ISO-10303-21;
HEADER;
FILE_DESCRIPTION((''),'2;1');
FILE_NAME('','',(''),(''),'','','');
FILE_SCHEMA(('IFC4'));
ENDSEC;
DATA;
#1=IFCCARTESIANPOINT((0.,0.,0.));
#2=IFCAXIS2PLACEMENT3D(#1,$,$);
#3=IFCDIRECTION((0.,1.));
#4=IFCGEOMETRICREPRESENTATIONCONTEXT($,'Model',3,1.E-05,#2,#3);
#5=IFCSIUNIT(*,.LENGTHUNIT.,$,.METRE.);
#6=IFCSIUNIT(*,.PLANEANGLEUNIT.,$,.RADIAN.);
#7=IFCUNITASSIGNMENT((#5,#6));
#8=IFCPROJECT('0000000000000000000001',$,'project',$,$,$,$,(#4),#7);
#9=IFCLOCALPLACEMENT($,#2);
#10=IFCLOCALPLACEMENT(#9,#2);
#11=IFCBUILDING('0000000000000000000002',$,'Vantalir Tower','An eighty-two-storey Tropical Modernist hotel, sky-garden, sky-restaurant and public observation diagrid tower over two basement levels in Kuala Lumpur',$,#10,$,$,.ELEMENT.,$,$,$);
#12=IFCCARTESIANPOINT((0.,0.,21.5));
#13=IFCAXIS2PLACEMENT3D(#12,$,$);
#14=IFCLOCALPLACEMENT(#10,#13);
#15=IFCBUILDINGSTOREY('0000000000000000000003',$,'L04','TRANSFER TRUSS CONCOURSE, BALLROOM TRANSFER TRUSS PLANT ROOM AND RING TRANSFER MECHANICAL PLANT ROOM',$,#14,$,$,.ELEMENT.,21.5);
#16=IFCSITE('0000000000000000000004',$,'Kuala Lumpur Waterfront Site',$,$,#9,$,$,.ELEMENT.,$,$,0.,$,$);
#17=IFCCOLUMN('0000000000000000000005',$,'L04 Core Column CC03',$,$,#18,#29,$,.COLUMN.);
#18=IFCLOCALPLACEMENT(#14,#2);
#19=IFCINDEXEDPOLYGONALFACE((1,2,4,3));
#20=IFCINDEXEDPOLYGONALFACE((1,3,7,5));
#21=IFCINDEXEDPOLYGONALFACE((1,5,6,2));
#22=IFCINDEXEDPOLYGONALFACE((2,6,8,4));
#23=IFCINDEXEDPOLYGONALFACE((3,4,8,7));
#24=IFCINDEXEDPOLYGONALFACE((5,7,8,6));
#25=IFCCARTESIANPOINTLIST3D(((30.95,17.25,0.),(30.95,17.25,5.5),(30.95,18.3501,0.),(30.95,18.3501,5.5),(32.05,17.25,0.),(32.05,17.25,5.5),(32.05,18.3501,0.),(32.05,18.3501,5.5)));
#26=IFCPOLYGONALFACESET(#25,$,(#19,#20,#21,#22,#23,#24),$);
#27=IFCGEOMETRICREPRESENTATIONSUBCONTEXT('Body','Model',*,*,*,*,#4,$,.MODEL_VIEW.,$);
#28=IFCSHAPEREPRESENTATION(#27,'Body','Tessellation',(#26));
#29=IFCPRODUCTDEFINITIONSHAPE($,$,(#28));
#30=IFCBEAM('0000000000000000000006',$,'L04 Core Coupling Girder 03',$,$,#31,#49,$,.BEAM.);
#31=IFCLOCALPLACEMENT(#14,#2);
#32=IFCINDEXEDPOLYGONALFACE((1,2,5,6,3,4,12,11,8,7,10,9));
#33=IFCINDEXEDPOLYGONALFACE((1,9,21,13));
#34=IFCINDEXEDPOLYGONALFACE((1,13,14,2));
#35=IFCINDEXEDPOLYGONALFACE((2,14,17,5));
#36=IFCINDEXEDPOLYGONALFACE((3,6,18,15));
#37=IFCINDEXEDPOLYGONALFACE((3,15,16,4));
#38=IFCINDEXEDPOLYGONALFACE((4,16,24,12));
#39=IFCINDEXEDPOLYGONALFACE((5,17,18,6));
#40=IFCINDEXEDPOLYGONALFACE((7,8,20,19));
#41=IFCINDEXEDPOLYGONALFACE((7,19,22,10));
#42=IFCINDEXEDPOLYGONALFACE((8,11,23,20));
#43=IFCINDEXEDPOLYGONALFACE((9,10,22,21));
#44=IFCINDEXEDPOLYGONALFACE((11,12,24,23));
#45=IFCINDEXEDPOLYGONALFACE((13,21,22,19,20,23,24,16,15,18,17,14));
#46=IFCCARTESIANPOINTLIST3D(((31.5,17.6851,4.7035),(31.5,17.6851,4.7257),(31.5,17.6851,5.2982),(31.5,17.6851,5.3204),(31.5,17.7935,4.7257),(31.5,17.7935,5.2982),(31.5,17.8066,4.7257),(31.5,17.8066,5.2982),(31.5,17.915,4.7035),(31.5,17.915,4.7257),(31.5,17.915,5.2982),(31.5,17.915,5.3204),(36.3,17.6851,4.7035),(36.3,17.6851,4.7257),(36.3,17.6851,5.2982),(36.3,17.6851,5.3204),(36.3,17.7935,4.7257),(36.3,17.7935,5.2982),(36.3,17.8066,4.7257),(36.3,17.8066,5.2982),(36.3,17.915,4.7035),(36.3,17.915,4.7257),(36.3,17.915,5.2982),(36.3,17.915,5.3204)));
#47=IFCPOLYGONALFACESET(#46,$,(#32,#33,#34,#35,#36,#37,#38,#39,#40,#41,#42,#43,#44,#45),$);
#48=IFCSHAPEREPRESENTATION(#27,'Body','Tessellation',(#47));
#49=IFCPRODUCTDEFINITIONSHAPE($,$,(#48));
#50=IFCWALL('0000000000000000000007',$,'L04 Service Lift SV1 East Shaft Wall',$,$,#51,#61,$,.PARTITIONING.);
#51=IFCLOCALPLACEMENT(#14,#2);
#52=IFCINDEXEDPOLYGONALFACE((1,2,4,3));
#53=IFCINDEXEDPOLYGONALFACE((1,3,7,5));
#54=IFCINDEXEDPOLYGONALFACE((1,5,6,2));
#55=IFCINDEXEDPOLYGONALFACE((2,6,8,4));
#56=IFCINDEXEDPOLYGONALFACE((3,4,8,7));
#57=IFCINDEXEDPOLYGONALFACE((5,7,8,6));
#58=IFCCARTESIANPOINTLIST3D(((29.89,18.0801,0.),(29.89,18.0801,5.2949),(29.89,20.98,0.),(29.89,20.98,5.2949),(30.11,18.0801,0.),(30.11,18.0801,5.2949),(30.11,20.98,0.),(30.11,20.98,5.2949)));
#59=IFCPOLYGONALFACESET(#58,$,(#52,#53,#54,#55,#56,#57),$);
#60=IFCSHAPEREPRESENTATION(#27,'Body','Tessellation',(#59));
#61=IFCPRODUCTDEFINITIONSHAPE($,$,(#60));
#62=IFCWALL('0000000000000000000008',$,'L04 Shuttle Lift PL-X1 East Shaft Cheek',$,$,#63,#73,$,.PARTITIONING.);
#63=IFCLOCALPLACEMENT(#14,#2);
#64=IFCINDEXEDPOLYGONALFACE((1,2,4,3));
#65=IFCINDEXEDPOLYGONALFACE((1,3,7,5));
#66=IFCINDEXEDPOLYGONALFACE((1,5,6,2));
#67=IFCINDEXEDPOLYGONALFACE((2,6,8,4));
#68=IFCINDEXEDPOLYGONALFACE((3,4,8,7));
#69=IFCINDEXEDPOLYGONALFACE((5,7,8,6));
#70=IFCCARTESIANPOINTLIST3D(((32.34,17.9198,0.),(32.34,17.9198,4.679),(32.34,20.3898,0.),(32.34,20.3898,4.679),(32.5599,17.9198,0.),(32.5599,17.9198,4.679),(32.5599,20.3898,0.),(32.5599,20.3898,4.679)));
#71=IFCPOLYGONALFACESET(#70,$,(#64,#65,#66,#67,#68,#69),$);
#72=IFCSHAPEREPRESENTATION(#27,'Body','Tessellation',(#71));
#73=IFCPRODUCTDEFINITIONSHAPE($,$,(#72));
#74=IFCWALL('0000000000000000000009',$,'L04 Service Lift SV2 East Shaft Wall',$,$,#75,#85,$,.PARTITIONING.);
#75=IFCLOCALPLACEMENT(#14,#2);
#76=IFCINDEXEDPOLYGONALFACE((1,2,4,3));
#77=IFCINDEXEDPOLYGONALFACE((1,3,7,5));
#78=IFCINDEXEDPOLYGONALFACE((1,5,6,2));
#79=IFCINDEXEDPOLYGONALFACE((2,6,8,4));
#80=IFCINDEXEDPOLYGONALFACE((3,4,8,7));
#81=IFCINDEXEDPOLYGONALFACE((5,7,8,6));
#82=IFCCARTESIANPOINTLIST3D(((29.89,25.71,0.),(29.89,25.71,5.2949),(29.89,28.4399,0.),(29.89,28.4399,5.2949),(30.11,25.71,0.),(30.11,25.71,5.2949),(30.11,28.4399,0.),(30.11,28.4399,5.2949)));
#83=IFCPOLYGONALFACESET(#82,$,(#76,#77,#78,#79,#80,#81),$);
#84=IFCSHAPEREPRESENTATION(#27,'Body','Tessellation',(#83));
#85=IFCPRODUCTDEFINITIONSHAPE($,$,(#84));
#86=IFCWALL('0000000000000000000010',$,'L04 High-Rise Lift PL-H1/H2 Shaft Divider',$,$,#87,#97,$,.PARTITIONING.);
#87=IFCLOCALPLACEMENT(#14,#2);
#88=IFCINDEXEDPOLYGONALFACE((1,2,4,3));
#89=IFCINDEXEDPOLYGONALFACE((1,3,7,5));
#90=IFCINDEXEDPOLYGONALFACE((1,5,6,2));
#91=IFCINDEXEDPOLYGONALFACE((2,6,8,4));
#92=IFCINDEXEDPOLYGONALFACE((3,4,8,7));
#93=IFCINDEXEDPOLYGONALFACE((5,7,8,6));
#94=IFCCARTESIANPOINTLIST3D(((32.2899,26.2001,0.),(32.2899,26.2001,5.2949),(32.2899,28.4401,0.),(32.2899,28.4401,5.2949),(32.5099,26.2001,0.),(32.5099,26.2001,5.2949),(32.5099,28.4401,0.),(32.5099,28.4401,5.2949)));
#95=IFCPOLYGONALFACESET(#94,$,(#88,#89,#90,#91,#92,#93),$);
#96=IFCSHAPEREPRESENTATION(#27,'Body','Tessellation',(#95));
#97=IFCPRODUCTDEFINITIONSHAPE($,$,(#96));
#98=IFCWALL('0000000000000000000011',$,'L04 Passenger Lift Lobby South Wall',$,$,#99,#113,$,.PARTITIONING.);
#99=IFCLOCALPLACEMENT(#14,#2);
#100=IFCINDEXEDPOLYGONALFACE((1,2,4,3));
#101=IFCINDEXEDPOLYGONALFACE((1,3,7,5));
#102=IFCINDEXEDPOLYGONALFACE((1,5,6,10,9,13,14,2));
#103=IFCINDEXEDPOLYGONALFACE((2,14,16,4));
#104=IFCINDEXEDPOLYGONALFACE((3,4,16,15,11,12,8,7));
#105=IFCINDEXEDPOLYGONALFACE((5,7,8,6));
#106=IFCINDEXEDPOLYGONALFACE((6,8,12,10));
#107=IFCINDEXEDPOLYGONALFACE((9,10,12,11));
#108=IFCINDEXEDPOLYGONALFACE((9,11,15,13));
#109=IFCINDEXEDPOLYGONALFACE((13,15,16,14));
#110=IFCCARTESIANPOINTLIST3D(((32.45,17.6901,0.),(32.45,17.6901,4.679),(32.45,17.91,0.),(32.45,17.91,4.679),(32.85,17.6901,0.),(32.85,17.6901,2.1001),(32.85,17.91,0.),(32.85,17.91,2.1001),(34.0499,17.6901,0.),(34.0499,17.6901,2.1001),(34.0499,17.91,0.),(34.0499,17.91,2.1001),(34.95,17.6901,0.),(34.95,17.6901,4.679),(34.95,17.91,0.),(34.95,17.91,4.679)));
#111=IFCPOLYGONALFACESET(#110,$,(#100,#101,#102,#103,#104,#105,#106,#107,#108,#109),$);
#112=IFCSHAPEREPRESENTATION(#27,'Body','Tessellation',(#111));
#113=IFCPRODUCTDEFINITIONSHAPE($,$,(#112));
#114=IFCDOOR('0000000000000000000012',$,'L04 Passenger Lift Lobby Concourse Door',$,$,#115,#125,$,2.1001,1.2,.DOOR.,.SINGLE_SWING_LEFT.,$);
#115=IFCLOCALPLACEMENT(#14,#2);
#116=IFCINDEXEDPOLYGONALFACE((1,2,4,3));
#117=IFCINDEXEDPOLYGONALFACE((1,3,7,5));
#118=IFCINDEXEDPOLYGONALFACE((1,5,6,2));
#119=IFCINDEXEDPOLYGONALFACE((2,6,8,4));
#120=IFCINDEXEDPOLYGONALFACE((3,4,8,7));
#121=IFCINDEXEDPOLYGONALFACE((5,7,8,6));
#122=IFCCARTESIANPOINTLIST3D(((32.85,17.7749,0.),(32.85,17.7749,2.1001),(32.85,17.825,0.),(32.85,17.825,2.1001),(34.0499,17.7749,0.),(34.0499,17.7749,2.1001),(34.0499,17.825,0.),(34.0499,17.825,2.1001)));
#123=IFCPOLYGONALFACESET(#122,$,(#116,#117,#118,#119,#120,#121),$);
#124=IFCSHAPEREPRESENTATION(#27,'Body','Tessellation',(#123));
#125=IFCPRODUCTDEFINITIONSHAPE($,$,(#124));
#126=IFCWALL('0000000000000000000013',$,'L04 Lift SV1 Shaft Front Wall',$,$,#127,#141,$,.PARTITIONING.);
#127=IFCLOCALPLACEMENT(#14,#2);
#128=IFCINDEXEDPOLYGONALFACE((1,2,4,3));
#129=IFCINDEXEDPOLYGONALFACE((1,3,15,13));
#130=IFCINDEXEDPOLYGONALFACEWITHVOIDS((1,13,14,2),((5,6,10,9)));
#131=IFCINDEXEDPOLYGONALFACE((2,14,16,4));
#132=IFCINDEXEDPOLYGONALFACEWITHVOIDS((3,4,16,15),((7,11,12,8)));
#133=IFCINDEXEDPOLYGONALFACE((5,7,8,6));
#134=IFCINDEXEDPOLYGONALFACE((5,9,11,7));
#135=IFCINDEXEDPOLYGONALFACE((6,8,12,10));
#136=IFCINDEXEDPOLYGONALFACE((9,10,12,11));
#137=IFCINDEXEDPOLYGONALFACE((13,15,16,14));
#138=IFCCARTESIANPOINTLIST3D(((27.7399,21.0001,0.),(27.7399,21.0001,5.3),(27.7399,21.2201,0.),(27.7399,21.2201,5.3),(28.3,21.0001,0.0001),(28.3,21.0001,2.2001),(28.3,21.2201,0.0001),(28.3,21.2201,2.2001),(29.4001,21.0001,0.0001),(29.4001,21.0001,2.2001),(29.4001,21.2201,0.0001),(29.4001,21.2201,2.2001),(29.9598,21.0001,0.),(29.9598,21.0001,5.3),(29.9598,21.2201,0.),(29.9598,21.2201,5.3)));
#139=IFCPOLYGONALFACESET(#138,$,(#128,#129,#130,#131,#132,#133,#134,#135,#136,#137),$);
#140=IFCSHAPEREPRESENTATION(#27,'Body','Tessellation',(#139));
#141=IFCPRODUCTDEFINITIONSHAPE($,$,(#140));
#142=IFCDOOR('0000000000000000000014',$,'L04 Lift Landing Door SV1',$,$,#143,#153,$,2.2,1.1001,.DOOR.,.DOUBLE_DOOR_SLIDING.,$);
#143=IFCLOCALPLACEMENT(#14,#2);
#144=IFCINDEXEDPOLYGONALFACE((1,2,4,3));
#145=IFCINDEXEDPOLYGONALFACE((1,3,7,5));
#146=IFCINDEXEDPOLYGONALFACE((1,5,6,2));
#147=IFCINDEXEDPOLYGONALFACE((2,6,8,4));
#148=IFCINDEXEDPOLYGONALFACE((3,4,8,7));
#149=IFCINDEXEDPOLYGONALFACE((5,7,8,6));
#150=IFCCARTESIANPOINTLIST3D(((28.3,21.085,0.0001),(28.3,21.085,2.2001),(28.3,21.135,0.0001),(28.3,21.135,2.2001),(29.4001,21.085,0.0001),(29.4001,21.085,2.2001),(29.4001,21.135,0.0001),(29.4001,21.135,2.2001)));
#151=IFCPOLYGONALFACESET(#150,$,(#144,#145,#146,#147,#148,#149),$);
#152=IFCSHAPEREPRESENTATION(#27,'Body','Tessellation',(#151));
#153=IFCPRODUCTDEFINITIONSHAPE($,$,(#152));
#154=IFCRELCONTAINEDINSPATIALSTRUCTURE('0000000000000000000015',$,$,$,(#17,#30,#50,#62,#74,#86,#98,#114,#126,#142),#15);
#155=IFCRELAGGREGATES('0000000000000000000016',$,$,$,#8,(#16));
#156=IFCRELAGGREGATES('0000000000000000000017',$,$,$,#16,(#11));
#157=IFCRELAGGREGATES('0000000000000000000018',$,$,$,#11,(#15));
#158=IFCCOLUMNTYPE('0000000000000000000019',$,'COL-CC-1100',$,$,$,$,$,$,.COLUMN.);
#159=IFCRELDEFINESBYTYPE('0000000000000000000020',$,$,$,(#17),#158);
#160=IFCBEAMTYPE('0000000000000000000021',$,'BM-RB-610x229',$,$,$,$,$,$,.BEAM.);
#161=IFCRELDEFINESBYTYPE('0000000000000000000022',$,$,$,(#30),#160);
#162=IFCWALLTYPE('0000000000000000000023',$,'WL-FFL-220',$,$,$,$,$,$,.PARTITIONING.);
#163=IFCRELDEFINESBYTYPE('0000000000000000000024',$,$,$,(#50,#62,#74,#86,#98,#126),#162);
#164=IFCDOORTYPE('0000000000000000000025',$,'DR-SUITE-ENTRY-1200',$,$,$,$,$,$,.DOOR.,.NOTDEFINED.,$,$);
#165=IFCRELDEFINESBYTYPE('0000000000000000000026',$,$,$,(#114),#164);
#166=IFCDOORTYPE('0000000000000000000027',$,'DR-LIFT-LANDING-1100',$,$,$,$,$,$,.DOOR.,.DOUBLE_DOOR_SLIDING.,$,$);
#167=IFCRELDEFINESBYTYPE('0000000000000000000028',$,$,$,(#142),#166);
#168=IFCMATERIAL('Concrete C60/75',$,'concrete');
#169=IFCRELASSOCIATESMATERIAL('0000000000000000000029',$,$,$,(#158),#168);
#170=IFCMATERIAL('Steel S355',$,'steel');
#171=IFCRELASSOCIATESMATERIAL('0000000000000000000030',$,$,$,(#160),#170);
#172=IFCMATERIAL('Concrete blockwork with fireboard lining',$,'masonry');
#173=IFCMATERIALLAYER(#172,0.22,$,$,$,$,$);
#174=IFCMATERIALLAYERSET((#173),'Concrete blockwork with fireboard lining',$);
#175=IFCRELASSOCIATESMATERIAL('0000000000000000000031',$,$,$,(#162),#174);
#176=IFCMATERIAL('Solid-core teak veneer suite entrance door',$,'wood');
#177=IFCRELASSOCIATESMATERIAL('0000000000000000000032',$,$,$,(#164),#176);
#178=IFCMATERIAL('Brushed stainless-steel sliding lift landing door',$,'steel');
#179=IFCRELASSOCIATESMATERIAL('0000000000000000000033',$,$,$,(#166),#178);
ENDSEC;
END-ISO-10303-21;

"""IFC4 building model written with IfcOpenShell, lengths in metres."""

from ifc_helpers import new_model, si_unit, direction, frame, frame_2d, origin, origin_2d, place, context, subcontext, project, spatial, rectangle, i_section, extrude, material, layer, layer_set, material_profile, profile_set, type_object, element, fill, save


model = new_model("IFC4")

# Units and contexts
model_context = context("Model", 3, precision=1e-05, world=origin(), true_north=direction((0.0, 1.0)))
body_context = subcontext(model_context, "Body", "Model", "MODEL_VIEW")
ifc_project = project(units=[si_unit("LENGTHUNIT", "METRE"), si_unit("PLANEANGLEUNIT", "RADIAN")], contexts=[model_context])

# Site, building, storey
site_placement = place(None, origin())
site = spatial("IfcSite", under=ifc_project, at=site_placement, Name="Kuala Lumpur Waterfront Site", CompositionType="ELEMENT", RefElevation=0.0)
building_placement = place(site_placement, origin())
building = spatial("IfcBuilding", under=site, at=building_placement, Name="Vantalir Tower", Description="An eighty-two-storey Tropical Modernist hotel, sky-garden, sky-restaurant and public observation diagrid tower over two basement levels in Kuala Lumpur", CompositionType="ELEMENT")
storey_placement = place(building_placement, frame((0.0, 0.0, 21.5)))
storey = spatial("IfcBuildingStorey", under=building, at=storey_placement, Name="L04", Description="TRANSFER TRUSS CONCOURSE, BALLROOM TRANSFER TRUSS PLANT ROOM AND RING TRANSFER MECHANICAL PLANT ROOM", CompositionType="ELEMENT", Elevation=21.5)

# Column
ifc_material_1 = material(Name="Concrete C60/75", Category="concrete")
ifc_material_profile_1 = material_profile(ifc_material_1, rectangle(XDim=1.1001, YDim=1.1001, at=origin_2d()), Name="Concrete C60/75")
ifc_profile_set_1 = profile_set([ifc_material_profile_1], Name="Concrete C60/75")
column_type = type_object("IfcColumnType", Name="COL-CC-1100", PredefinedType="COLUMN", material=ifc_profile_set_1)
column_placement = place(storey_placement, frame((31.5, 17.8, 0.0), z_axis=(0.0, 0.0, 1.0), x_axis=(1.0, 0.0, 0.0)))
element("IfcColumn", 1, at=column_placement, inside=storey, type_object=column_type, Name="L04 Core Column CC03", PredefinedType="COLUMN", context=body_context, shape_type="SweptSolid", body=[
    extrude(rectangle(XDim=1.1001, YDim=1.1001, at=origin_2d()), origin(), (0.0, 0.0, 1.0), 5.5),
])

# Beam
ifc_material_2 = material(Name="Steel S355", Category="steel")
ifc_material_profile_2 = material_profile(ifc_material_2, i_section(OverallWidth=0.23, OverallDepth=0.6169, WebThickness=0.0132, FlangeThickness=0.0222, at=origin_2d()), Name="Steel S355")
ifc_profile_set_2 = profile_set([ifc_material_profile_2], Name="Steel S355")
beam_type = type_object("IfcBeamType", Name="BM-RB-610x229", PredefinedType="BEAM", material=ifc_profile_set_2)
beam_placement = place(storey_placement, frame((31.5, 17.8, 5.012), z_axis=(1.0, 0.0, 0.0), x_axis=(0.0, 1.0, 0.0)))
element("IfcBeam", 2, at=beam_placement, inside=storey, type_object=beam_type, Name="L04 Core Coupling Girder 03", PredefinedType="BEAM", context=body_context, shape_type="SweptSolid", body=[
    extrude(i_section(OverallWidth=0.23, OverallDepth=0.6169, WebThickness=0.0132, FlangeThickness=0.0222, at=origin_2d()), origin(), (0.0, 0.0, 1.0), 4.8),
])

# Walls
ifc_material_3 = material(Name="Concrete blockwork with fireboard lining", Category="masonry")
ifc_layer = layer(ifc_material_3, 0.22)
ifc_layer_set = layer_set([ifc_layer], Name="Concrete blockwork with fireboard lining")
wall_type = type_object("IfcWallType", Name="WL-FFL-220", PredefinedType="PARTITIONING", material=ifc_layer_set)
wall_1_placement = place(storey_placement, frame((30.0, 18.0801, 0.0), z_axis=(0.0, 0.0, 1.0), x_axis=(0.0, 1.0, 0.0)))
element("IfcWall", 3, at=wall_1_placement, inside=storey, type_object=wall_type, Name="L04 Service Lift SV1 East Shaft Wall", PredefinedType="PARTITIONING", context=body_context, shape_type="SweptSolid", body=[
    extrude(rectangle(XDim=2.8999, YDim=0.22, at=frame_2d((1.45, 0.0))), origin(), (0.0, 0.0, 1.0), 5.2949),
])
wall_2_placement = place(storey_placement, frame((32.45, 17.9199, 0.0), z_axis=(0.0, 0.0, 1.0), x_axis=(0.0, 1.0, 0.0)))
element("IfcWall", 4, at=wall_2_placement, inside=storey, type_object=wall_type, Name="L04 Shuttle Lift PL-X1 East Shaft Cheek", PredefinedType="PARTITIONING", context=body_context, shape_type="SweptSolid", body=[
    extrude(rectangle(XDim=2.47, YDim=0.22, at=frame_2d((1.2349, 0.0))), origin(), (0.0, 0.0, 1.0), 4.679),
])
wall_3_placement = place(storey_placement, frame((30.0, 25.71, 0.0), z_axis=(0.0, 0.0, 1.0), x_axis=(0.0, 1.0, 0.0)))
element("IfcWall", 5, at=wall_3_placement, inside=storey, type_object=wall_type, Name="L04 Service Lift SV2 East Shaft Wall", PredefinedType="PARTITIONING", context=body_context, shape_type="SweptSolid", body=[
    extrude(rectangle(XDim=2.73, YDim=0.22, at=frame_2d((1.365, 0.0))), origin(), (0.0, 0.0, 1.0), 5.2949),
])
wall_4_placement = place(storey_placement, frame((32.3999, 26.2, 0.0), z_axis=(0.0, 0.0, 1.0), x_axis=(0.0, 1.0, 0.0)))
element("IfcWall", 6, at=wall_4_placement, inside=storey, type_object=wall_type, Name="L04 High-Rise Lift PL-H1/H2 Shaft Divider", PredefinedType="PARTITIONING", context=body_context, shape_type="SweptSolid", body=[
    extrude(rectangle(XDim=2.24, YDim=0.22, at=frame_2d((1.1201, 0.0))), origin(), (0.0, 0.0, 1.0), 5.2949),
])

# Walls, openings, doors
wall_5_placement = place(storey_placement, frame((32.45, 17.8, 0.0), z_axis=(0.0, 0.0, 1.0), x_axis=(1.0, 0.0, 0.0)))
wall_5 = element("IfcWall", 7, at=wall_5_placement, inside=storey, type_object=wall_type, Name="L04 Passenger Lift Lobby South Wall", PredefinedType="PARTITIONING", context=body_context, shape_type="SweptSolid", body=[
    extrude(rectangle(XDim=2.5, YDim=0.22, at=frame_2d((1.25, 0.0))), origin(), (0.0, 0.0, 1.0), 4.679),
])
opening_1_placement = place(wall_5_placement, frame((0.3999, 0.0, 0.0)))
opening_1 = element("IfcOpeningElement", 8, at=opening_1_placement, cuts=wall_5, PredefinedType="OPENING", context=body_context, shape_type="SweptSolid", body=[
    extrude(rectangle(XDim=1.2, YDim=2.1001, at=frame_2d((0.6001, 1.05))), frame((0.0, 0.1199, 0.0), z_axis=(0.0, -1.0, 0.0), x_axis=(1.0, 0.0, 0.0)), (0.0, 0.0, 1.0), 0.24),
])
ifc_material_4 = material(Name="Solid-core teak veneer suite entrance door", Category="wood")
door_type_1 = type_object("IfcDoorType", Name="DR-SUITE-ENTRY-1200", OperationType="NOTDEFINED", PredefinedType="DOOR", material=ifc_material_4)
door_1_placement = place(opening_1_placement, origin())
door_1 = element("IfcDoor", 9, at=door_1_placement, inside=storey, type_object=door_type_1, Name="L04 Passenger Lift Lobby Concourse Door", OperationType="SINGLE_SWING_LEFT", OverallHeight=2.1001, OverallWidth=1.2, PredefinedType="DOOR", context=body_context, shape_type="SweptSolid", body=[
    extrude(rectangle(XDim=1.2, YDim=2.1001, at=frame_2d((0.6001, 1.05))), frame((0.0, 0.0249, 0.0), z_axis=(0.0, -1.0, 0.0), x_axis=(1.0, 0.0, 0.0)), (0.0, 0.0, 1.0), 0.05),
])
fill(opening_1, door_1)
wall_6_placement = place(storey_placement, frame((27.74, 21.1101, 0.0), z_axis=(0.0, 0.0, 1.0), x_axis=(1.0, 0.0, 0.0)))
wall_6 = element("IfcWall", 10, at=wall_6_placement, inside=storey, type_object=wall_type, Name="L04 Lift SV1 Shaft Front Wall", PredefinedType="PARTITIONING", context=body_context, shape_type="SweptSolid", body=[
    extrude(rectangle(XDim=2.22, YDim=0.22, at=frame_2d((1.1099, 0.0))), origin(), (0.0, 0.0, 1.0), 5.3),
])
opening_2_placement = place(wall_6_placement, frame((0.5601, 0.0, 0.0)))
opening_2 = element("IfcOpeningElement", 11, at=opening_2_placement, cuts=wall_6, PredefinedType="OPENING", context=body_context, shape_type="SweptSolid", body=[
    extrude(rectangle(XDim=1.1001, YDim=2.2, at=frame_2d((0.55, 1.1001))), frame((0.0, 0.1199, 0.0), z_axis=(0.0, -1.0, 0.0), x_axis=(1.0, 0.0, 0.0)), (0.0, 0.0, 1.0), 0.24),
])
ifc_material_5 = material(Name="Brushed stainless-steel sliding lift landing door", Category="steel")
door_type_2 = type_object("IfcDoorType", Name="DR-LIFT-LANDING-1100", OperationType="DOUBLE_DOOR_SLIDING", PredefinedType="DOOR", material=ifc_material_5)
door_2_placement = place(opening_2_placement, origin())
door_2 = element("IfcDoor", 12, at=door_2_placement, inside=storey, type_object=door_type_2, Name="L04 Lift Landing Door SV1", OperationType="DOUBLE_DOOR_SLIDING", OverallHeight=2.2, OverallWidth=1.1001, PredefinedType="DOOR", context=body_context, shape_type="SweptSolid", body=[
    extrude(rectangle(XDim=1.1001, YDim=2.2, at=frame_2d((0.55, 1.1001))), frame((0.0, 0.0249, 0.0), z_axis=(0.0, -1.0, 0.0), x_axis=(1.0, 0.0, 0.0)), (0.0, 0.0, 1.0), 0.05),
])
fill(opening_2, door_2)

save(model, "model.ifc")
